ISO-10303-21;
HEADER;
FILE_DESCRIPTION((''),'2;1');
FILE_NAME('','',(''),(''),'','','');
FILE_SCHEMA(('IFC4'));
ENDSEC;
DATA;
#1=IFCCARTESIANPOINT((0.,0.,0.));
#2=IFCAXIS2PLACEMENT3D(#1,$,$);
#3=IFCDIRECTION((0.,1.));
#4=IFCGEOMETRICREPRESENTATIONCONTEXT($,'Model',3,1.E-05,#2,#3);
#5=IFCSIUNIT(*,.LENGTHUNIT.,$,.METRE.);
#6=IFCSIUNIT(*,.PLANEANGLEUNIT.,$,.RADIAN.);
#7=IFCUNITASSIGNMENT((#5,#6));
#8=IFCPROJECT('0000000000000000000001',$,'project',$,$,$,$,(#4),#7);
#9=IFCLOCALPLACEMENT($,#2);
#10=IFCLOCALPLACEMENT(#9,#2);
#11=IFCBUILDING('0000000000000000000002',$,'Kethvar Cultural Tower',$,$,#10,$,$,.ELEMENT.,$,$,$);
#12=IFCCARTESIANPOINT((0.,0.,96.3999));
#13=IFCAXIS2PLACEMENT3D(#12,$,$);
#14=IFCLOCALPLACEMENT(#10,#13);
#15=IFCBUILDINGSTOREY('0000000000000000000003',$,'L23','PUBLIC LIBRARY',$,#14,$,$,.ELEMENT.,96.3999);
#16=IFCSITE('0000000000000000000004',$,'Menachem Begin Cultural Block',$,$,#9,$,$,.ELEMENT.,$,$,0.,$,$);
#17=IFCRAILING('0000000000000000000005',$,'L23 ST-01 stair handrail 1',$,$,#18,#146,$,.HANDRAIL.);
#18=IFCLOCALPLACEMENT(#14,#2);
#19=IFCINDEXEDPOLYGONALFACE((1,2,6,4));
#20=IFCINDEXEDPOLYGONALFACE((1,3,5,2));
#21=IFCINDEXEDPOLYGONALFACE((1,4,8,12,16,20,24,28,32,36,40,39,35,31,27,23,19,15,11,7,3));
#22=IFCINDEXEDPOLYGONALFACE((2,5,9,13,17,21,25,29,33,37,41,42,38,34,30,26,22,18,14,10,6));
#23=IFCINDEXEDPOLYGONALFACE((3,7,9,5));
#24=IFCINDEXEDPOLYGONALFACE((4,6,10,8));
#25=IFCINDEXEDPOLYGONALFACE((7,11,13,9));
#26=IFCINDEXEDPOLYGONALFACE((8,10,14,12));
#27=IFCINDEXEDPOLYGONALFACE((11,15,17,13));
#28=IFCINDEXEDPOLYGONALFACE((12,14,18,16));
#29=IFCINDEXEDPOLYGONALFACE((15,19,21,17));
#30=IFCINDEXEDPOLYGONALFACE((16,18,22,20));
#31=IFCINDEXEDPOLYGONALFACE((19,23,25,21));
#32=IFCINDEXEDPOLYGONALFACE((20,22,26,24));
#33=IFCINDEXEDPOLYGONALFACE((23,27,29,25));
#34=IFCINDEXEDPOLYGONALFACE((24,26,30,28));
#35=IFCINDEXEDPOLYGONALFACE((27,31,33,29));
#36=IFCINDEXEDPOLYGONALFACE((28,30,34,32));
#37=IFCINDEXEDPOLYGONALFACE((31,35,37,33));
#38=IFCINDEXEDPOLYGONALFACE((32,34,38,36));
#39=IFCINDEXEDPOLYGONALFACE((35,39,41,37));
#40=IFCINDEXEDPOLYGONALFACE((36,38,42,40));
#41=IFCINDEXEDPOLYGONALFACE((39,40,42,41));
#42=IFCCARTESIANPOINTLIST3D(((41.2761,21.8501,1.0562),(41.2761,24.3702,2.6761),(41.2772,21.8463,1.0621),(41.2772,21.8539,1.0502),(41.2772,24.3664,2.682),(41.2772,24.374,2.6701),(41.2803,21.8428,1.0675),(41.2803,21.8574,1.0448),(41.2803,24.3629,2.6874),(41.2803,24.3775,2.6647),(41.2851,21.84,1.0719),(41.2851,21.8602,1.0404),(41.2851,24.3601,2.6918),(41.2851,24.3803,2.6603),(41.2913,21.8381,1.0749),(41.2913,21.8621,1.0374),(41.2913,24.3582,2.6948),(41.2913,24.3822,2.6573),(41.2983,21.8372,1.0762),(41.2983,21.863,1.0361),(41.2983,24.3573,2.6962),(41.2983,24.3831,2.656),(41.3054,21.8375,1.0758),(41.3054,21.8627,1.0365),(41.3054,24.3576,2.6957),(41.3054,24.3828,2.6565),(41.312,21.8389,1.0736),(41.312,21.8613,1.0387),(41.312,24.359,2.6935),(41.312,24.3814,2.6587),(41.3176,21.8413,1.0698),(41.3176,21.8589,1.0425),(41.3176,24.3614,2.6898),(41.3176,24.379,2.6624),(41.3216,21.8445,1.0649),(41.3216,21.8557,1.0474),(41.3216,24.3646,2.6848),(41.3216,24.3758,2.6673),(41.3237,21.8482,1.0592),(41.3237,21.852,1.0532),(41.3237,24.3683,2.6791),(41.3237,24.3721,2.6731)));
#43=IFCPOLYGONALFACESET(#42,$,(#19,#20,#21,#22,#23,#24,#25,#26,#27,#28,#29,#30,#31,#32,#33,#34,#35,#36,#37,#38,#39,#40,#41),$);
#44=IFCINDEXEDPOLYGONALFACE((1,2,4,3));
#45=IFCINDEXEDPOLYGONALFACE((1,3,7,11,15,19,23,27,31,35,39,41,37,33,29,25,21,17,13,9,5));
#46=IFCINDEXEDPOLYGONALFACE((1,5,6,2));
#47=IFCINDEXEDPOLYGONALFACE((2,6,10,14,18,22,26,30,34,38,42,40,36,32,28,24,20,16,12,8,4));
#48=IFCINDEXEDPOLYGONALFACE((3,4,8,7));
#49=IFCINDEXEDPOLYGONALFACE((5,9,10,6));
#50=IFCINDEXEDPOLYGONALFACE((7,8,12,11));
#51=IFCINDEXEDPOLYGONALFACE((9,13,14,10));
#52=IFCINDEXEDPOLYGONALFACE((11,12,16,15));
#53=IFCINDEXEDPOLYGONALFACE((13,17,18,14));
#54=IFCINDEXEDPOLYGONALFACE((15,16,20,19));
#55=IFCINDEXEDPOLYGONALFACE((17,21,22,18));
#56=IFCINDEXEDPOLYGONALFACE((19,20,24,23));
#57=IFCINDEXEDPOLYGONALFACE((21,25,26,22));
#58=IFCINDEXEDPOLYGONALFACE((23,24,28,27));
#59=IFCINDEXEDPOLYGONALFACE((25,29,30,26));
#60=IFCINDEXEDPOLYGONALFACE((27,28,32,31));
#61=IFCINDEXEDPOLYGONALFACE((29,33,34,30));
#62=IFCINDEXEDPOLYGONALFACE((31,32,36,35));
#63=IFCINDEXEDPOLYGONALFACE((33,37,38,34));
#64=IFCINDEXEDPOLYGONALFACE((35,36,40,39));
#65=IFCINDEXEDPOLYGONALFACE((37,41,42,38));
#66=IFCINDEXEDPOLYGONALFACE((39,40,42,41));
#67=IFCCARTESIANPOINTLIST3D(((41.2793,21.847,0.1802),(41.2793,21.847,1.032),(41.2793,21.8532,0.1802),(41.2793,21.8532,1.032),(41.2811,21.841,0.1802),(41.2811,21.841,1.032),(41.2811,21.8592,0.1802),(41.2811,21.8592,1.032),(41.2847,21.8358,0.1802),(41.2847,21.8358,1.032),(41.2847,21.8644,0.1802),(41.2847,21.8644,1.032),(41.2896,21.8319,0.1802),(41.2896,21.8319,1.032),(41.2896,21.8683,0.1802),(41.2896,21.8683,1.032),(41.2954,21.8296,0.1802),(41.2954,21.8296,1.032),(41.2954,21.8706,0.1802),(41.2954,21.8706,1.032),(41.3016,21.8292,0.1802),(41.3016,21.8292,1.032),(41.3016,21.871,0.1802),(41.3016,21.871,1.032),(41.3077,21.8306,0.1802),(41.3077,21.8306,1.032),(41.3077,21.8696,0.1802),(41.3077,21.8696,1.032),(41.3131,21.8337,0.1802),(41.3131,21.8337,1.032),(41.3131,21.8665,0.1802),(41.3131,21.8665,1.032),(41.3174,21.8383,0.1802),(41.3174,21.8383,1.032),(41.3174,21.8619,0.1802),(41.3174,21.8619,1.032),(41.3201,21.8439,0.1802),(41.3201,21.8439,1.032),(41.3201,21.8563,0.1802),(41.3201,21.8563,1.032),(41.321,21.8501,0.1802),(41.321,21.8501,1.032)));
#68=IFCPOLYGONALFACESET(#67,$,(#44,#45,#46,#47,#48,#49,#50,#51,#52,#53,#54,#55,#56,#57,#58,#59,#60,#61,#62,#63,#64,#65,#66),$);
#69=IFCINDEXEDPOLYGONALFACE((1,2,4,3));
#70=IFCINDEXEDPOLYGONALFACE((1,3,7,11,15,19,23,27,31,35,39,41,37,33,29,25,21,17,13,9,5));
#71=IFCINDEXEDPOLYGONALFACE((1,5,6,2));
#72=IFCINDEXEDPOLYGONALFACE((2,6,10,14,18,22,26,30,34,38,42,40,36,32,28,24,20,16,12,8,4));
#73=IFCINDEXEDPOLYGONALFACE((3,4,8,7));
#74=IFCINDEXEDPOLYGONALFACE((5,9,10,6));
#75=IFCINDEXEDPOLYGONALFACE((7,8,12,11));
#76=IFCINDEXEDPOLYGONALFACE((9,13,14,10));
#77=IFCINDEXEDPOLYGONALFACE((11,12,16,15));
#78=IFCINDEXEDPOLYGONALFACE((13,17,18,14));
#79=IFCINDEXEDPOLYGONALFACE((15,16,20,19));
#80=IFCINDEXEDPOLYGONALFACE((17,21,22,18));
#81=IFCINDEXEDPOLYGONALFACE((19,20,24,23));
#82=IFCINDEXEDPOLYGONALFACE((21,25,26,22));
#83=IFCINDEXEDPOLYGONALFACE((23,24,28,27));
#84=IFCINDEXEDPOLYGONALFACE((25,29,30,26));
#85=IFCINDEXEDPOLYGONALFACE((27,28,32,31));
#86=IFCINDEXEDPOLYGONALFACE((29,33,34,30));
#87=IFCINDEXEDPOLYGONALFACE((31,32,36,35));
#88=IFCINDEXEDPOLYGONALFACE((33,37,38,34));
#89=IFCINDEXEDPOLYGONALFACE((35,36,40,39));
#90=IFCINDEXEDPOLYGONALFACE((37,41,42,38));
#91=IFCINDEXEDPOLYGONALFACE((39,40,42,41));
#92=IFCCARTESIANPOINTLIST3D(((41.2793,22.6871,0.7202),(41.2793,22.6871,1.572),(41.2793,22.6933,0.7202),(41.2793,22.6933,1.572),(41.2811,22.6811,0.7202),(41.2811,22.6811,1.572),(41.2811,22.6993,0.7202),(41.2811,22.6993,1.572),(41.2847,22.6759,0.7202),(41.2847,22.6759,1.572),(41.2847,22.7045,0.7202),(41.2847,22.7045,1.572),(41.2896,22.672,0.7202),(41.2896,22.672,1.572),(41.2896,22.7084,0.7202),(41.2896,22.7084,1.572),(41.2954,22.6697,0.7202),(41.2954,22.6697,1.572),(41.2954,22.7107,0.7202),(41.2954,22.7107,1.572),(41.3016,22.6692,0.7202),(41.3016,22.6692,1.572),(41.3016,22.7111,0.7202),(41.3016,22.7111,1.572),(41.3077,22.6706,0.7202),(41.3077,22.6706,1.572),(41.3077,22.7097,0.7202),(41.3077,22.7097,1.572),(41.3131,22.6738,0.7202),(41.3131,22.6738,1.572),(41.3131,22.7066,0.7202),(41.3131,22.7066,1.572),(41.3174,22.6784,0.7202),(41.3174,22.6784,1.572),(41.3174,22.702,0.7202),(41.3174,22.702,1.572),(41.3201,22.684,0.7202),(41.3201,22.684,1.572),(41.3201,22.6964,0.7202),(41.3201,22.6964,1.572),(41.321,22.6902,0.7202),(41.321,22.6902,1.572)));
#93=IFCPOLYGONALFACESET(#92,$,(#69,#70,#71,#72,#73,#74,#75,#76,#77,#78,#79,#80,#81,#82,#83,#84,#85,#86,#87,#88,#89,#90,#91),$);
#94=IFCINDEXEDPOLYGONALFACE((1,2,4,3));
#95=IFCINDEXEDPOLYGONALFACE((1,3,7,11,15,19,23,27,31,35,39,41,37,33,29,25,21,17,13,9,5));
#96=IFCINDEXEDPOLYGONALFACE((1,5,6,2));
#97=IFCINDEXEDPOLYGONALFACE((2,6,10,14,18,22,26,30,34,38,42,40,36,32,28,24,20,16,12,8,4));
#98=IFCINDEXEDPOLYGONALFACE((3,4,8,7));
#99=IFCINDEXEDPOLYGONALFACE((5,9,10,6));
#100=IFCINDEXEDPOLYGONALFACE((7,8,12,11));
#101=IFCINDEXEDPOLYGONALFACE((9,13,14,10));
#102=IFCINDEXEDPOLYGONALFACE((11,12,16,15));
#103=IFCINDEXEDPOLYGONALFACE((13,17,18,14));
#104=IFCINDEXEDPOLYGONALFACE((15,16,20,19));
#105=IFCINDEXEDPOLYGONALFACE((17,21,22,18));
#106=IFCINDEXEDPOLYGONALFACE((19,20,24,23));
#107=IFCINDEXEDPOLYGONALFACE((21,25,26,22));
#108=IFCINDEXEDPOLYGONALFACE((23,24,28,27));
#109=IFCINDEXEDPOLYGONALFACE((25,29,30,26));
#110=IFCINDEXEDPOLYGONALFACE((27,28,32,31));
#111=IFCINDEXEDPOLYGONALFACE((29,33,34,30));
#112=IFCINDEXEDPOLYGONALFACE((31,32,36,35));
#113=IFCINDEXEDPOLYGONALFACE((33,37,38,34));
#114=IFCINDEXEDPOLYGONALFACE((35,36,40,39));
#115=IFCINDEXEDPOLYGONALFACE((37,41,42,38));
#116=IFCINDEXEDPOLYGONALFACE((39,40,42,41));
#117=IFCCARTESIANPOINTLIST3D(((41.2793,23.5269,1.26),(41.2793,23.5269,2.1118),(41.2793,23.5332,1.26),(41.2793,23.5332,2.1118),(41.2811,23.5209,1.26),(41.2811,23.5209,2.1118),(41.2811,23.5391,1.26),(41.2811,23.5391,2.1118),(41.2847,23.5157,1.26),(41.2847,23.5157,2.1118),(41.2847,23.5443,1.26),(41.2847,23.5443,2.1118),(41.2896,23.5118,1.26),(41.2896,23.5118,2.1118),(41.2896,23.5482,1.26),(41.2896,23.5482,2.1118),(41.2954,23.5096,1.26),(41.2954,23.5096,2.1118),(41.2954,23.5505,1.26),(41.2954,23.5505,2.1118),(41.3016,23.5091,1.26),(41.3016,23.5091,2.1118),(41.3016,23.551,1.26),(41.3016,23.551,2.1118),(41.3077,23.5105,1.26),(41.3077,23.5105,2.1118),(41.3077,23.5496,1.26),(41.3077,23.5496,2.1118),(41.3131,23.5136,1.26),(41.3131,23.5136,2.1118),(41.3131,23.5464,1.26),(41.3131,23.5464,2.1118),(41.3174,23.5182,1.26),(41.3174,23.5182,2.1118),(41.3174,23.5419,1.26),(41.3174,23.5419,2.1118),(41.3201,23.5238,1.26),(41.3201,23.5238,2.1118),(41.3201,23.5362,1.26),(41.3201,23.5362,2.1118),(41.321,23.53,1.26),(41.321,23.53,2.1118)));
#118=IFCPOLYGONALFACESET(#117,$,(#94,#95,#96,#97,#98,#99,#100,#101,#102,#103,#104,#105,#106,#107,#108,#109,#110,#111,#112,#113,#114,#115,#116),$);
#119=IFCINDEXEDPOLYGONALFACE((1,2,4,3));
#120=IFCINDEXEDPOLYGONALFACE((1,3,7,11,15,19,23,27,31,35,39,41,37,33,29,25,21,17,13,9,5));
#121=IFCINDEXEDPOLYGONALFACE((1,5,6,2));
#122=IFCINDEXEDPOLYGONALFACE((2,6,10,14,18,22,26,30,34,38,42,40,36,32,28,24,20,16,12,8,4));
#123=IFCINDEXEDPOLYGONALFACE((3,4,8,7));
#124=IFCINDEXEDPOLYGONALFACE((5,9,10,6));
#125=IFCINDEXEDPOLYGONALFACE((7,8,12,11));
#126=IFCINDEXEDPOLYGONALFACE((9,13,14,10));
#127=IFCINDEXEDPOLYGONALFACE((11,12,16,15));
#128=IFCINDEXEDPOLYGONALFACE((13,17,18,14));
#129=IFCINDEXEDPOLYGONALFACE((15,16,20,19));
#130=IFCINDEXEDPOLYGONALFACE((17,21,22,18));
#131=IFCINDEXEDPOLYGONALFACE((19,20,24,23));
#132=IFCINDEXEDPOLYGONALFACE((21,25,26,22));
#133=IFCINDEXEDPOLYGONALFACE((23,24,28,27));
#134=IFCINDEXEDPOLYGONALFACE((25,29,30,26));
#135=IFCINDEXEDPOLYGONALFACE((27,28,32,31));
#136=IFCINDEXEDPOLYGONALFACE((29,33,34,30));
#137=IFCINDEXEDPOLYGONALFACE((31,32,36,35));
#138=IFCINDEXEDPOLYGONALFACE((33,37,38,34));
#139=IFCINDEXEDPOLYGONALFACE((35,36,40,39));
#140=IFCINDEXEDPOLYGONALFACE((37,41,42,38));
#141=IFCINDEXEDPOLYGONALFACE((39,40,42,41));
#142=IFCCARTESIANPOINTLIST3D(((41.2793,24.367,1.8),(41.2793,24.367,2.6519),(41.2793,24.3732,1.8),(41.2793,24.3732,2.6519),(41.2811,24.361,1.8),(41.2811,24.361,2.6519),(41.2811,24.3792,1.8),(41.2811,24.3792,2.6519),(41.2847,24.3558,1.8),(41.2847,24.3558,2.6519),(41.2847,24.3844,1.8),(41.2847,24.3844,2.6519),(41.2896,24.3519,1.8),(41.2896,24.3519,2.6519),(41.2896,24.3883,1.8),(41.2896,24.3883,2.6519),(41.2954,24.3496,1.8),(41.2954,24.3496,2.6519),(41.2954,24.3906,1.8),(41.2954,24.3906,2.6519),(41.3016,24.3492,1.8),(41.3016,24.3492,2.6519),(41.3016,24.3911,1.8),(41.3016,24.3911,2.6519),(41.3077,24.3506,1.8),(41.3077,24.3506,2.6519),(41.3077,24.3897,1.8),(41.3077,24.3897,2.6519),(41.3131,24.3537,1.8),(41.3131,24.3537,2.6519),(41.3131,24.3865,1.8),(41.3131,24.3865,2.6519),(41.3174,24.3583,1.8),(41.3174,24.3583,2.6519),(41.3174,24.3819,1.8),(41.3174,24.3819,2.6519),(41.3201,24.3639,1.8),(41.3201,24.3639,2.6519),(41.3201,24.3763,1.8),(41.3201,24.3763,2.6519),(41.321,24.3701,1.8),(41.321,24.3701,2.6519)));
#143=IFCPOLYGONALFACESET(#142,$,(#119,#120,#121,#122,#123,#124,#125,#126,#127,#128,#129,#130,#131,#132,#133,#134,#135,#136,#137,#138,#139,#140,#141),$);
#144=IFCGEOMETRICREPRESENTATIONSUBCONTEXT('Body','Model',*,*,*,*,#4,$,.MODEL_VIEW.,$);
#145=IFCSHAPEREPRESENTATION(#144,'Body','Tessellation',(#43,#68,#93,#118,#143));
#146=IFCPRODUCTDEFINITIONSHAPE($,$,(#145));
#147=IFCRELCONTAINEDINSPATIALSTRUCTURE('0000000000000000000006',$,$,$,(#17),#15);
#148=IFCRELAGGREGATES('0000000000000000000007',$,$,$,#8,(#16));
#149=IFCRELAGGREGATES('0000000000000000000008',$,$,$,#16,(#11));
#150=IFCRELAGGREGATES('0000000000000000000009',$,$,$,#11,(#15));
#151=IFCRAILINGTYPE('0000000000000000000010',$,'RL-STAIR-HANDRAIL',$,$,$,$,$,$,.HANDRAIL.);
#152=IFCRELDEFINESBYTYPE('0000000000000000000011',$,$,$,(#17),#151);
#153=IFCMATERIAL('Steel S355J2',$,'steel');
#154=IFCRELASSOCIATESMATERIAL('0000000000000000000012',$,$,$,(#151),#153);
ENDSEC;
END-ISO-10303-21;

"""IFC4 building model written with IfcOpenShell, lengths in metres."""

from ifc_helpers import new_model, si_unit, direction, frame, origin, origin_2d, place, context, subcontext, project, spatial, circle, extrude, material, type_object, element, save


model = new_model("IFC4")

# Units and contexts
model_context = context("Model", 3, precision=1e-05, world=origin(), true_north=direction((0.0, 1.0)))
body_context = subcontext(model_context, "Body", "Model", "MODEL_VIEW")
ifc_project = project(units=[si_unit("LENGTHUNIT", "METRE"), si_unit("PLANEANGLEUNIT", "RADIAN")], contexts=[model_context])

# Site, building, storey
site_placement = place(None, origin())
site = spatial("IfcSite", under=ifc_project, at=site_placement, Name="Menachem Begin Cultural Block", CompositionType="ELEMENT", RefElevation=0.0)
building_placement = place(site_placement, origin())
building = spatial("IfcBuilding", under=site, at=building_placement, Name="Kethvar Cultural Tower", CompositionType="ELEMENT")
storey_placement = place(building_placement, frame((0.0, 0.0, 96.3999)))
storey = spatial("IfcBuildingStorey", under=building, at=storey_placement, Name="L23", Description="PUBLIC LIBRARY", CompositionType="ELEMENT", Elevation=96.3999)

# Shared definitions
ifc_material_1 = material(Name="Steel S355J2", Category="steel")

# Railing
railing_type_1 = type_object("IfcRailingType", Name="RL-STAIR-HANDRAIL", PredefinedType="HANDRAIL", material=ifc_material_1)
railing_1_placement = place(storey_placement, frame((41.3, 21.8501, 0.1802)))
element("IfcRailing", 1, at=railing_1_placement, inside=storey, type_object=railing_type_1, Name="L23 ST-01 stair handrail 1", PredefinedType="HANDRAIL", context=body_context, shape_type="SweptSolid", body=[
    extrude(circle(Radius=0.0239, at=origin_2d()), frame((0.0, 0.0, 0.876), z_axis=(0.0, 0.8412, 0.540725), x_axis=(-1.0, 0.0, 0.0)), (0.0, 0.0, 1.0), 2.9958),
    extrude(circle(Radius=0.021, at=origin_2d()), origin(), (0.0, 0.0, 1.0), 0.8518),
    extrude(circle(Radius=0.021, at=origin_2d()), frame((0.0, 0.8401, 0.54)), (0.0, 0.0, 1.0), 0.8518),
    extrude(circle(Radius=0.021, at=origin_2d()), frame((0.0, 1.6799, 1.0798)), (0.0, 0.0, 1.0), 0.8518),
    extrude(circle(Radius=0.021, at=origin_2d()), frame((0.0, 2.52, 1.6199)), (0.0, 0.0, 1.0), 0.8518),
])

save(model, "model.ifc")
